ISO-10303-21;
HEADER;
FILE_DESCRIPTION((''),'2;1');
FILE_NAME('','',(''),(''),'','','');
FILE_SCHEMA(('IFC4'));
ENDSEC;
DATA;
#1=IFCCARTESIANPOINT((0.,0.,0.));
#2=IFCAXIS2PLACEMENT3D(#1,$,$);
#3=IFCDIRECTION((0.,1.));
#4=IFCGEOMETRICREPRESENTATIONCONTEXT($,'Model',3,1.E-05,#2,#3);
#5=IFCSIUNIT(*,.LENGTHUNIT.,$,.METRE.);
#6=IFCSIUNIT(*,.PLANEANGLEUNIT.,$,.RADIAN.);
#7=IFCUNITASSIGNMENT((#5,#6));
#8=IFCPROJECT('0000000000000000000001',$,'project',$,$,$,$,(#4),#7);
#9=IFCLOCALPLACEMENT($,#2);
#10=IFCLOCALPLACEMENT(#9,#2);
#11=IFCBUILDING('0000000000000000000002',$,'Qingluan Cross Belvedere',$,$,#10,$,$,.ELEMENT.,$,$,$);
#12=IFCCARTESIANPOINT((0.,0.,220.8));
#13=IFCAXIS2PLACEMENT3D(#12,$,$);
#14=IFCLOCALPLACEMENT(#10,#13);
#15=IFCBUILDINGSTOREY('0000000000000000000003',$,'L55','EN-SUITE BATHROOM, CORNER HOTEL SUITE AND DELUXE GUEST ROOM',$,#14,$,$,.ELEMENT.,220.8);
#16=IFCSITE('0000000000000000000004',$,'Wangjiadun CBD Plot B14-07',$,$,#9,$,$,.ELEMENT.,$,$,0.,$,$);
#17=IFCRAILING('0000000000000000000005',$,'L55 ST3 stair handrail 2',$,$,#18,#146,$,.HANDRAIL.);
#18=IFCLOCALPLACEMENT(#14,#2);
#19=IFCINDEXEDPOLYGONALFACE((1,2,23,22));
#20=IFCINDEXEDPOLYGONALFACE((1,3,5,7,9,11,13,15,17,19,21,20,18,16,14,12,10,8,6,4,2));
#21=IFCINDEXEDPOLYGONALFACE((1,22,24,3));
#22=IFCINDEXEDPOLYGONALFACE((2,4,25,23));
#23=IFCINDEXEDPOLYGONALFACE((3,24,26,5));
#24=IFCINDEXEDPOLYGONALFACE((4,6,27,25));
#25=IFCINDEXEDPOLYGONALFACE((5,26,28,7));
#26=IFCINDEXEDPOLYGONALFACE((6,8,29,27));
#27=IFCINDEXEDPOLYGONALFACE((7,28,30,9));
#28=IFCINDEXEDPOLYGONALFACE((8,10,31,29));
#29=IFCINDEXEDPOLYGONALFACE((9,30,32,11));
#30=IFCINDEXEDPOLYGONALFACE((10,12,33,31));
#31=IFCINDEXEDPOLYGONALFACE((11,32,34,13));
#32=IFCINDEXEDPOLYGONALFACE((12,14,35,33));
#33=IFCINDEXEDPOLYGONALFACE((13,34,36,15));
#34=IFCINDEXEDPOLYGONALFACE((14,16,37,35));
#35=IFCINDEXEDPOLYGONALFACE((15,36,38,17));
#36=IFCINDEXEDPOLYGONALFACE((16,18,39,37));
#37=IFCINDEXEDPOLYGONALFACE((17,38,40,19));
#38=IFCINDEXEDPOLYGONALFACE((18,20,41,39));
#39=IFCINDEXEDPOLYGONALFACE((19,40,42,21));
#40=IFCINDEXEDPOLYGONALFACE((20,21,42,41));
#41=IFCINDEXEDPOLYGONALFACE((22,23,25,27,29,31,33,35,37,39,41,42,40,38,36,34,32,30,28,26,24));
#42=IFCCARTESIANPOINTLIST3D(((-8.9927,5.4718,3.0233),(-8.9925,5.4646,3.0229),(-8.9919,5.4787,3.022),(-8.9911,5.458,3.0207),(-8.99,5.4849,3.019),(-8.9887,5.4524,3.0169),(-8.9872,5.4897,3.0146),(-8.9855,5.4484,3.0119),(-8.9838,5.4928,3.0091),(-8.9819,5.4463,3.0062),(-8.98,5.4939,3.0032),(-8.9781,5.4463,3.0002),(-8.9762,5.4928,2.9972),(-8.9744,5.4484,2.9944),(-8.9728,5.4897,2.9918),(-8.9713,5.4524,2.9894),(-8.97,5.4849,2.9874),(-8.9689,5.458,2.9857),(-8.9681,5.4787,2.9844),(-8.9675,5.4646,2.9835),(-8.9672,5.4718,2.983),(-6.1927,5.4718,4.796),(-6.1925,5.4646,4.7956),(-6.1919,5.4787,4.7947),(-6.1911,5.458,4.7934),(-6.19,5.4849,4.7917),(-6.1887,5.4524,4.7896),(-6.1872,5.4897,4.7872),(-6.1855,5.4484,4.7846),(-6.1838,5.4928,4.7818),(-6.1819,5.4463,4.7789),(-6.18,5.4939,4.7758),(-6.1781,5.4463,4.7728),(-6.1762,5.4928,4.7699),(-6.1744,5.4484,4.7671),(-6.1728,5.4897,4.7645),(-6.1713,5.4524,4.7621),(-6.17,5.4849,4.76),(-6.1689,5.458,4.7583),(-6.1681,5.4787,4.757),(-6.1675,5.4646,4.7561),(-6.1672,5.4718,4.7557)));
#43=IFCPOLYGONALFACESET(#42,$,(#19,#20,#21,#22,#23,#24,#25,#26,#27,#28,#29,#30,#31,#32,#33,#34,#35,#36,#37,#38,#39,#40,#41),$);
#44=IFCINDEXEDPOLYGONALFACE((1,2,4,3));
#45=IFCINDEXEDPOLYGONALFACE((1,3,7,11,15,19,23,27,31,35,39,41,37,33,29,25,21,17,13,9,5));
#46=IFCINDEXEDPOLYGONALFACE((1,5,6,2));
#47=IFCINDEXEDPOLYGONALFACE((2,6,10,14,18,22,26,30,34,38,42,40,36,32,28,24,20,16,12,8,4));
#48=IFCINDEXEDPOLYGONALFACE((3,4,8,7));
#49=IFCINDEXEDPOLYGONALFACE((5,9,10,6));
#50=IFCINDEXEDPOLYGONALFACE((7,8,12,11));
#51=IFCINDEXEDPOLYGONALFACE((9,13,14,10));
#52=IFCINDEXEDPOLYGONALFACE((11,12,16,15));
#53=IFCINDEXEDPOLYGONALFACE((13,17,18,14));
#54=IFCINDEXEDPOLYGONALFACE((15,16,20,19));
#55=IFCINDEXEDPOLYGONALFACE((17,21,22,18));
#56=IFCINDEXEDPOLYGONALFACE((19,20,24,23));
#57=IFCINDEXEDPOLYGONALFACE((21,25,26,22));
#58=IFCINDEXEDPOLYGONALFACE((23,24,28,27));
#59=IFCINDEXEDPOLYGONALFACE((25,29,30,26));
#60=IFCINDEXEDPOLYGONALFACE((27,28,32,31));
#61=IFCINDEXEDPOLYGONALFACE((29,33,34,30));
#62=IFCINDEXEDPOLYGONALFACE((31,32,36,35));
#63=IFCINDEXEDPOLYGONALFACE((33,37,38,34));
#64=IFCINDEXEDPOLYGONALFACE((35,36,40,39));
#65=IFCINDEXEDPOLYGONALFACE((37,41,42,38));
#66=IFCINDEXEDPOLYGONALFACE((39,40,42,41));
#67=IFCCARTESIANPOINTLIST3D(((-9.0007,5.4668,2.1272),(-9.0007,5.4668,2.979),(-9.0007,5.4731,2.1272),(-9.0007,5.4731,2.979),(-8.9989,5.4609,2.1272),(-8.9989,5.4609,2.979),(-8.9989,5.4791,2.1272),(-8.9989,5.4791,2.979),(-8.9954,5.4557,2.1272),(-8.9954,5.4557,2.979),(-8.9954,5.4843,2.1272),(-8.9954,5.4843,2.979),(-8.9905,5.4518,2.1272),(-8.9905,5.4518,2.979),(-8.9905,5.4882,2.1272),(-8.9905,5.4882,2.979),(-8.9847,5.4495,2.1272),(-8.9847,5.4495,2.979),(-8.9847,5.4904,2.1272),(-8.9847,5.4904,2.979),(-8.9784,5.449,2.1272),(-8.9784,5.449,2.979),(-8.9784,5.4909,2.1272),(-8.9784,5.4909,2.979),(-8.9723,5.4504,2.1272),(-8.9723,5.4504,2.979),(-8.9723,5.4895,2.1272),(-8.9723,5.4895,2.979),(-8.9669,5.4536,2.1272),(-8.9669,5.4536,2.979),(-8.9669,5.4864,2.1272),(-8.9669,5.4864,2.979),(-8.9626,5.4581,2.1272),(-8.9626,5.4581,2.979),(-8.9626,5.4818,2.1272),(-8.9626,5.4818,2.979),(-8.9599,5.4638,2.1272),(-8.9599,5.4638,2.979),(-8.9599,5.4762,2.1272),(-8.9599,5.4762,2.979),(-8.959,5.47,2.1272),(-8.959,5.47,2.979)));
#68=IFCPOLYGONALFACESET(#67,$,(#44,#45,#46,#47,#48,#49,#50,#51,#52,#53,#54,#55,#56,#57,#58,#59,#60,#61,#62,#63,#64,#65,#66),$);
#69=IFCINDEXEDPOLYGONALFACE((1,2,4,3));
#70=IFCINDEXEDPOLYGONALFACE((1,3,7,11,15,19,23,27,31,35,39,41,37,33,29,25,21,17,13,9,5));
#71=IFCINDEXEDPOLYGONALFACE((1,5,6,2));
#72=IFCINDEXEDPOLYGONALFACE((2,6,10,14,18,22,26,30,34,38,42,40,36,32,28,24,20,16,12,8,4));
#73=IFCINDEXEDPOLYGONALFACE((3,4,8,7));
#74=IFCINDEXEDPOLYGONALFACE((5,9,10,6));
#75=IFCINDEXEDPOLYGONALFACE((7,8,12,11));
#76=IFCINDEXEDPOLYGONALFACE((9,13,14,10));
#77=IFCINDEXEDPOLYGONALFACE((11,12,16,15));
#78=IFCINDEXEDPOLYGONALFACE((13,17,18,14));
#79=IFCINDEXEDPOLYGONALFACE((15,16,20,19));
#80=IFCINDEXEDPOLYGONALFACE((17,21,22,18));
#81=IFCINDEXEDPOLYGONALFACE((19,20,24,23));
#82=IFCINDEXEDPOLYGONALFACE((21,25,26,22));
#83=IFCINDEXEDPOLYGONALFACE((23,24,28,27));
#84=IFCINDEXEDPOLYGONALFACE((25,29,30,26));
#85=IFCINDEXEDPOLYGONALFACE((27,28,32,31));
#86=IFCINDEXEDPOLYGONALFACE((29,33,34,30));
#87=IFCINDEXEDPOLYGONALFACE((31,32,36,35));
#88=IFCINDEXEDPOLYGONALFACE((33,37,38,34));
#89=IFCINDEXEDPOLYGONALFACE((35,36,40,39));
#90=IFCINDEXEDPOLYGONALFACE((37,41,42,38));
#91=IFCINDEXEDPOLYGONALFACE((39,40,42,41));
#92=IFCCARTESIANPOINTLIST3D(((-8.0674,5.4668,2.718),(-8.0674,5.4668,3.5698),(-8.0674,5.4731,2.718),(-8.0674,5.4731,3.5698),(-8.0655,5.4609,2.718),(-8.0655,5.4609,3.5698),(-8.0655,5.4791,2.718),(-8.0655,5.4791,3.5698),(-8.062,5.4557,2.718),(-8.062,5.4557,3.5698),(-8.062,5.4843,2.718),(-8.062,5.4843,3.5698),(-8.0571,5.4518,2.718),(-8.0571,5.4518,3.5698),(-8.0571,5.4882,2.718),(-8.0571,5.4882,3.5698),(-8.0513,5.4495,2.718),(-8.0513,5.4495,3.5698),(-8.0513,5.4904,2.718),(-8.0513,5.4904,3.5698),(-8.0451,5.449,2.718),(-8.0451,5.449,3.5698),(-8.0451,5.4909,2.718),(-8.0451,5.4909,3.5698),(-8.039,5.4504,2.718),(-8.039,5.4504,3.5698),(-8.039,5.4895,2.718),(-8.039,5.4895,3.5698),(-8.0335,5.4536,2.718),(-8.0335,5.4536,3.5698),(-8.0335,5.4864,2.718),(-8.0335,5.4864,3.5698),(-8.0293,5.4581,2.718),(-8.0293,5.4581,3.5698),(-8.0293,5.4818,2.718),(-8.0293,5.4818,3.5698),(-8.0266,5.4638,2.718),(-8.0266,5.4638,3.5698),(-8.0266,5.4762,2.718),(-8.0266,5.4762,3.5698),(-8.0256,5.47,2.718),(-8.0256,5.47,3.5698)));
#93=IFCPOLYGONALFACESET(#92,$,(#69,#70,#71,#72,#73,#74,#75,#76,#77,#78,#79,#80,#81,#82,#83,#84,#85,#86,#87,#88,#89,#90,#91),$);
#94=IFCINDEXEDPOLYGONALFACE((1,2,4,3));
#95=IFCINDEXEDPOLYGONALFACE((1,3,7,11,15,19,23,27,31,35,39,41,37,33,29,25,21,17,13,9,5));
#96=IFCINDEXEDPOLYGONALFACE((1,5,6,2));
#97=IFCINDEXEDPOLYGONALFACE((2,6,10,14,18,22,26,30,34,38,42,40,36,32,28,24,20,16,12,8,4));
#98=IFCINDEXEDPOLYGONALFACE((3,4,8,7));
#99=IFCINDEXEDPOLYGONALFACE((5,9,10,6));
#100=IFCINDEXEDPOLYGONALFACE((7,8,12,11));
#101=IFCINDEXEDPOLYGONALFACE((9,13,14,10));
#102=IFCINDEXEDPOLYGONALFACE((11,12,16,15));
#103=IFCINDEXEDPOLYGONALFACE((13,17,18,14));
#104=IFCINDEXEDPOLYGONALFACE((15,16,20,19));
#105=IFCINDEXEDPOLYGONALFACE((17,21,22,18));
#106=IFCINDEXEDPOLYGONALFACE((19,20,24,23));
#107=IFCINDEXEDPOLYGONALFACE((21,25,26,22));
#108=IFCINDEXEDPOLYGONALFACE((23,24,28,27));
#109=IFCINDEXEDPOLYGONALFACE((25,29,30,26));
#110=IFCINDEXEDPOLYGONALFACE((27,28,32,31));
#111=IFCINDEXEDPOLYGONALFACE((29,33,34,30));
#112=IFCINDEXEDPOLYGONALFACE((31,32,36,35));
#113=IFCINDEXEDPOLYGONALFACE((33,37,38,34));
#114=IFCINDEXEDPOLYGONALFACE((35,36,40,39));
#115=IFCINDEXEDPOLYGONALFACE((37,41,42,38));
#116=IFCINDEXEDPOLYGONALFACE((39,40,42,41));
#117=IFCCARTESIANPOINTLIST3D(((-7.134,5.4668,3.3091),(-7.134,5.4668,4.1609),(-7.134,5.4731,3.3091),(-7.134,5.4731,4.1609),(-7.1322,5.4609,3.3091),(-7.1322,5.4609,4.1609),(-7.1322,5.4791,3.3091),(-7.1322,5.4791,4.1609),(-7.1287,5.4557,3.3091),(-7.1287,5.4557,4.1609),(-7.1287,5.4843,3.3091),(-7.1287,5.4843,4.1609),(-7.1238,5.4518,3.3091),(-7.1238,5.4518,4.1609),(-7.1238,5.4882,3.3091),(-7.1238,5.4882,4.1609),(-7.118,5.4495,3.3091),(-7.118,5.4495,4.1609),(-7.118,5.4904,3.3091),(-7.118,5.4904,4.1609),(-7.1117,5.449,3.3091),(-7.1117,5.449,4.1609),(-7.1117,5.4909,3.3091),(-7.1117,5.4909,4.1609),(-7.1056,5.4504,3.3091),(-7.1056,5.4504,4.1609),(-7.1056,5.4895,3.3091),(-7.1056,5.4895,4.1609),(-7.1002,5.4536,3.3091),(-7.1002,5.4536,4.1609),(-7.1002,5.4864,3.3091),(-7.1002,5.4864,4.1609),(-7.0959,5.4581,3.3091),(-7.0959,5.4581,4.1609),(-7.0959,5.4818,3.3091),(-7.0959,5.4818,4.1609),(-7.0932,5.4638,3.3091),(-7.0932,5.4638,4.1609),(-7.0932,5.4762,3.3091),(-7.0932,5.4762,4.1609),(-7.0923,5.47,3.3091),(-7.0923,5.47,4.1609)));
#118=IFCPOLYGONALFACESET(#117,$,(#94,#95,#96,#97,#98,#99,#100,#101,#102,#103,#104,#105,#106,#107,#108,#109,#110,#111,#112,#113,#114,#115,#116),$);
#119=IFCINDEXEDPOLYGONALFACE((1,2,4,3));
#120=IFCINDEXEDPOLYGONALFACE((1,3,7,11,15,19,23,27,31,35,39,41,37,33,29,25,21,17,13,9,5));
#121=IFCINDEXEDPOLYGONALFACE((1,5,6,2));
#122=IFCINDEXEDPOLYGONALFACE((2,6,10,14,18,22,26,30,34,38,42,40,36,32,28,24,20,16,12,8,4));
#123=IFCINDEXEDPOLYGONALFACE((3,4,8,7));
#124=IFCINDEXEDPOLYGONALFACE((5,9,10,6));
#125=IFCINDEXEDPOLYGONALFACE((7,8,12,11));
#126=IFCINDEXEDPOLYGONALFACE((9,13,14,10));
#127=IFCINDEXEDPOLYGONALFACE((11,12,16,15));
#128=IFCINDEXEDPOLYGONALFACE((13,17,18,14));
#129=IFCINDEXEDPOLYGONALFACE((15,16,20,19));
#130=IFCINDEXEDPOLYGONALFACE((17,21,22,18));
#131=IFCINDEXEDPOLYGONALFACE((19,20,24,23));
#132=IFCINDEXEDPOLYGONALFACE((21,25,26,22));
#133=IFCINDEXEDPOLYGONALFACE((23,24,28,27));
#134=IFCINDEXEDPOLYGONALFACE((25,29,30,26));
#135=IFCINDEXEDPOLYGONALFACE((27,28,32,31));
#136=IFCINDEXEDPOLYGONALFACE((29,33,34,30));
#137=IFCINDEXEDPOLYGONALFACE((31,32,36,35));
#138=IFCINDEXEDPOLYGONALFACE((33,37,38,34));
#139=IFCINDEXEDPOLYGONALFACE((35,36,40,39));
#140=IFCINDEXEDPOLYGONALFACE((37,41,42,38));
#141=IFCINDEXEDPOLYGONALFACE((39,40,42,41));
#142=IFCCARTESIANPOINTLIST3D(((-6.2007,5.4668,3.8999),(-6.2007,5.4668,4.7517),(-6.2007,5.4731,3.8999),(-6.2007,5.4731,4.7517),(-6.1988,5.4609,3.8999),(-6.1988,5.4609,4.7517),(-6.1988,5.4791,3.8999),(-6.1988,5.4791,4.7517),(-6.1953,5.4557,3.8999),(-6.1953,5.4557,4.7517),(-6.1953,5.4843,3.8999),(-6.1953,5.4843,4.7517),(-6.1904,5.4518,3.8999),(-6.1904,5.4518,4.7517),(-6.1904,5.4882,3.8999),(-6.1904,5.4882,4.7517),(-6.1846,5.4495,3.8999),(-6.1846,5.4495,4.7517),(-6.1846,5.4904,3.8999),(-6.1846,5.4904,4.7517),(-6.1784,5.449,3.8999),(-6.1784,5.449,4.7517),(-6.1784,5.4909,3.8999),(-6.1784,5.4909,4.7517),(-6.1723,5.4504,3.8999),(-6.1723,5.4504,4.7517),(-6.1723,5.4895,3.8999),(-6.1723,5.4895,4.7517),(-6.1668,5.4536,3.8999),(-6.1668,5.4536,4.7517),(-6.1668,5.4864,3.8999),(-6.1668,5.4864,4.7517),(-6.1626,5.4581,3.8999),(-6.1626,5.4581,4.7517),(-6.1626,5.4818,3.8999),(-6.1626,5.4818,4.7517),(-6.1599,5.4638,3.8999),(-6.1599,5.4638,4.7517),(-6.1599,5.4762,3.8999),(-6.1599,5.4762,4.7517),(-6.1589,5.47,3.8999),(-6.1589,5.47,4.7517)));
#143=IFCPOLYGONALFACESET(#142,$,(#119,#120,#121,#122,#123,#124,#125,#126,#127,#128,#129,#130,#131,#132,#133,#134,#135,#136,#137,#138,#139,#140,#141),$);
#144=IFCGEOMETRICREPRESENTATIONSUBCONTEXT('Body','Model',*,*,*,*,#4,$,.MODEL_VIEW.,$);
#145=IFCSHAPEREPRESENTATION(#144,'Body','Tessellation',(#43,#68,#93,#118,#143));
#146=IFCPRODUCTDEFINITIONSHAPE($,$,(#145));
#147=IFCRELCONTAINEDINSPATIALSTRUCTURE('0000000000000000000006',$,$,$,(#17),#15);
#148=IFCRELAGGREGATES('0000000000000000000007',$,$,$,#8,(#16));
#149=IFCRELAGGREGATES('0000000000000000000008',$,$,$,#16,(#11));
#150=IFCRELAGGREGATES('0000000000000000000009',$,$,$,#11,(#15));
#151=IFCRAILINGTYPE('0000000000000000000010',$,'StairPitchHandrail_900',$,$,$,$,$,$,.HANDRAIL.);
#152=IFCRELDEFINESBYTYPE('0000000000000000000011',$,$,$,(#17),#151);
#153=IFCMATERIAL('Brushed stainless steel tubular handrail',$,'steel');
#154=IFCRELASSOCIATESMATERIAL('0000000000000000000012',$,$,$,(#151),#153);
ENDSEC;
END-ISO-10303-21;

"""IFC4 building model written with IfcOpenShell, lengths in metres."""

from ifc_helpers import new_model, si_unit, direction, frame, origin, origin_2d, place, context, subcontext, project, spatial, circle, extrude, material, type_object, element, save


model = new_model("IFC4")

# Units and contexts
model_context = context("Model", 3, precision=1e-05, world=origin(), true_north=direction((0.0, 1.0)))
body_context = subcontext(model_context, "Body", "Model", "MODEL_VIEW")
ifc_project = project(units=[si_unit("LENGTHUNIT", "METRE"), si_unit("PLANEANGLEUNIT", "RADIAN")], contexts=[model_context])

# Site, building, storey
site_placement = place(None, origin())
site = spatial("IfcSite", under=ifc_project, at=site_placement, Name="Wangjiadun CBD Plot B14-07", CompositionType="ELEMENT", RefElevation=0.0)
building_placement = place(site_placement, origin())
building = spatial("IfcBuilding", under=site, at=building_placement, Name="Qingluan Cross Belvedere", CompositionType="ELEMENT")
storey_placement = place(building_placement, frame((0.0, 0.0, 220.8)))
storey = spatial("IfcBuildingStorey", under=building, at=storey_placement, Name="L55", Description="EN-SUITE BATHROOM, CORNER HOTEL SUITE AND DELUXE GUEST ROOM", CompositionType="ELEMENT", Elevation=220.8)

# Railing
ifc_material_1 = material(Name="Brushed stainless steel tubular handrail", Category="steel")
railing_type_1 = type_object("IfcRailingType", Name="StairPitchHandrail_900", PredefinedType="HANDRAIL", material=ifc_material_1)
railing_1_placement = place(storey_placement, frame((-8.98, 5.47, 2.1272)))
element("IfcRailing", 1, at=railing_1_placement, inside=storey, type_object=railing_type_1, Name="L55 ST3 stair handrail 2", PredefinedType="HANDRAIL", context=body_context, shape_type="SweptSolid", body=[
    extrude(circle(Radius=0.0239, at=origin_2d()), frame((0.0, 0.0, 0.876), z_axis=(0.844909, 0.0, 0.53491), x_axis=(0.0, 1.0, 0.0)), (0.0, 0.0, 1.0), 3.314),
    extrude(circle(Radius=0.021, at=origin_2d()), origin(), (0.0, 0.0, 1.0), 0.8518),
    extrude(circle(Radius=0.021, at=origin_2d()), frame((0.9333, 0.0, 0.5908)), (0.0, 0.0, 1.0), 0.8518),
    extrude(circle(Radius=0.021, at=origin_2d()), frame((1.8667, 0.0, 1.1819)), (0.0, 0.0, 1.0), 0.8518),
    extrude(circle(Radius=0.021, at=origin_2d()), frame((2.8, 0.0, 1.7727)), (0.0, 0.0, 1.0), 0.8518),
])

save(model, "model.ifc")
